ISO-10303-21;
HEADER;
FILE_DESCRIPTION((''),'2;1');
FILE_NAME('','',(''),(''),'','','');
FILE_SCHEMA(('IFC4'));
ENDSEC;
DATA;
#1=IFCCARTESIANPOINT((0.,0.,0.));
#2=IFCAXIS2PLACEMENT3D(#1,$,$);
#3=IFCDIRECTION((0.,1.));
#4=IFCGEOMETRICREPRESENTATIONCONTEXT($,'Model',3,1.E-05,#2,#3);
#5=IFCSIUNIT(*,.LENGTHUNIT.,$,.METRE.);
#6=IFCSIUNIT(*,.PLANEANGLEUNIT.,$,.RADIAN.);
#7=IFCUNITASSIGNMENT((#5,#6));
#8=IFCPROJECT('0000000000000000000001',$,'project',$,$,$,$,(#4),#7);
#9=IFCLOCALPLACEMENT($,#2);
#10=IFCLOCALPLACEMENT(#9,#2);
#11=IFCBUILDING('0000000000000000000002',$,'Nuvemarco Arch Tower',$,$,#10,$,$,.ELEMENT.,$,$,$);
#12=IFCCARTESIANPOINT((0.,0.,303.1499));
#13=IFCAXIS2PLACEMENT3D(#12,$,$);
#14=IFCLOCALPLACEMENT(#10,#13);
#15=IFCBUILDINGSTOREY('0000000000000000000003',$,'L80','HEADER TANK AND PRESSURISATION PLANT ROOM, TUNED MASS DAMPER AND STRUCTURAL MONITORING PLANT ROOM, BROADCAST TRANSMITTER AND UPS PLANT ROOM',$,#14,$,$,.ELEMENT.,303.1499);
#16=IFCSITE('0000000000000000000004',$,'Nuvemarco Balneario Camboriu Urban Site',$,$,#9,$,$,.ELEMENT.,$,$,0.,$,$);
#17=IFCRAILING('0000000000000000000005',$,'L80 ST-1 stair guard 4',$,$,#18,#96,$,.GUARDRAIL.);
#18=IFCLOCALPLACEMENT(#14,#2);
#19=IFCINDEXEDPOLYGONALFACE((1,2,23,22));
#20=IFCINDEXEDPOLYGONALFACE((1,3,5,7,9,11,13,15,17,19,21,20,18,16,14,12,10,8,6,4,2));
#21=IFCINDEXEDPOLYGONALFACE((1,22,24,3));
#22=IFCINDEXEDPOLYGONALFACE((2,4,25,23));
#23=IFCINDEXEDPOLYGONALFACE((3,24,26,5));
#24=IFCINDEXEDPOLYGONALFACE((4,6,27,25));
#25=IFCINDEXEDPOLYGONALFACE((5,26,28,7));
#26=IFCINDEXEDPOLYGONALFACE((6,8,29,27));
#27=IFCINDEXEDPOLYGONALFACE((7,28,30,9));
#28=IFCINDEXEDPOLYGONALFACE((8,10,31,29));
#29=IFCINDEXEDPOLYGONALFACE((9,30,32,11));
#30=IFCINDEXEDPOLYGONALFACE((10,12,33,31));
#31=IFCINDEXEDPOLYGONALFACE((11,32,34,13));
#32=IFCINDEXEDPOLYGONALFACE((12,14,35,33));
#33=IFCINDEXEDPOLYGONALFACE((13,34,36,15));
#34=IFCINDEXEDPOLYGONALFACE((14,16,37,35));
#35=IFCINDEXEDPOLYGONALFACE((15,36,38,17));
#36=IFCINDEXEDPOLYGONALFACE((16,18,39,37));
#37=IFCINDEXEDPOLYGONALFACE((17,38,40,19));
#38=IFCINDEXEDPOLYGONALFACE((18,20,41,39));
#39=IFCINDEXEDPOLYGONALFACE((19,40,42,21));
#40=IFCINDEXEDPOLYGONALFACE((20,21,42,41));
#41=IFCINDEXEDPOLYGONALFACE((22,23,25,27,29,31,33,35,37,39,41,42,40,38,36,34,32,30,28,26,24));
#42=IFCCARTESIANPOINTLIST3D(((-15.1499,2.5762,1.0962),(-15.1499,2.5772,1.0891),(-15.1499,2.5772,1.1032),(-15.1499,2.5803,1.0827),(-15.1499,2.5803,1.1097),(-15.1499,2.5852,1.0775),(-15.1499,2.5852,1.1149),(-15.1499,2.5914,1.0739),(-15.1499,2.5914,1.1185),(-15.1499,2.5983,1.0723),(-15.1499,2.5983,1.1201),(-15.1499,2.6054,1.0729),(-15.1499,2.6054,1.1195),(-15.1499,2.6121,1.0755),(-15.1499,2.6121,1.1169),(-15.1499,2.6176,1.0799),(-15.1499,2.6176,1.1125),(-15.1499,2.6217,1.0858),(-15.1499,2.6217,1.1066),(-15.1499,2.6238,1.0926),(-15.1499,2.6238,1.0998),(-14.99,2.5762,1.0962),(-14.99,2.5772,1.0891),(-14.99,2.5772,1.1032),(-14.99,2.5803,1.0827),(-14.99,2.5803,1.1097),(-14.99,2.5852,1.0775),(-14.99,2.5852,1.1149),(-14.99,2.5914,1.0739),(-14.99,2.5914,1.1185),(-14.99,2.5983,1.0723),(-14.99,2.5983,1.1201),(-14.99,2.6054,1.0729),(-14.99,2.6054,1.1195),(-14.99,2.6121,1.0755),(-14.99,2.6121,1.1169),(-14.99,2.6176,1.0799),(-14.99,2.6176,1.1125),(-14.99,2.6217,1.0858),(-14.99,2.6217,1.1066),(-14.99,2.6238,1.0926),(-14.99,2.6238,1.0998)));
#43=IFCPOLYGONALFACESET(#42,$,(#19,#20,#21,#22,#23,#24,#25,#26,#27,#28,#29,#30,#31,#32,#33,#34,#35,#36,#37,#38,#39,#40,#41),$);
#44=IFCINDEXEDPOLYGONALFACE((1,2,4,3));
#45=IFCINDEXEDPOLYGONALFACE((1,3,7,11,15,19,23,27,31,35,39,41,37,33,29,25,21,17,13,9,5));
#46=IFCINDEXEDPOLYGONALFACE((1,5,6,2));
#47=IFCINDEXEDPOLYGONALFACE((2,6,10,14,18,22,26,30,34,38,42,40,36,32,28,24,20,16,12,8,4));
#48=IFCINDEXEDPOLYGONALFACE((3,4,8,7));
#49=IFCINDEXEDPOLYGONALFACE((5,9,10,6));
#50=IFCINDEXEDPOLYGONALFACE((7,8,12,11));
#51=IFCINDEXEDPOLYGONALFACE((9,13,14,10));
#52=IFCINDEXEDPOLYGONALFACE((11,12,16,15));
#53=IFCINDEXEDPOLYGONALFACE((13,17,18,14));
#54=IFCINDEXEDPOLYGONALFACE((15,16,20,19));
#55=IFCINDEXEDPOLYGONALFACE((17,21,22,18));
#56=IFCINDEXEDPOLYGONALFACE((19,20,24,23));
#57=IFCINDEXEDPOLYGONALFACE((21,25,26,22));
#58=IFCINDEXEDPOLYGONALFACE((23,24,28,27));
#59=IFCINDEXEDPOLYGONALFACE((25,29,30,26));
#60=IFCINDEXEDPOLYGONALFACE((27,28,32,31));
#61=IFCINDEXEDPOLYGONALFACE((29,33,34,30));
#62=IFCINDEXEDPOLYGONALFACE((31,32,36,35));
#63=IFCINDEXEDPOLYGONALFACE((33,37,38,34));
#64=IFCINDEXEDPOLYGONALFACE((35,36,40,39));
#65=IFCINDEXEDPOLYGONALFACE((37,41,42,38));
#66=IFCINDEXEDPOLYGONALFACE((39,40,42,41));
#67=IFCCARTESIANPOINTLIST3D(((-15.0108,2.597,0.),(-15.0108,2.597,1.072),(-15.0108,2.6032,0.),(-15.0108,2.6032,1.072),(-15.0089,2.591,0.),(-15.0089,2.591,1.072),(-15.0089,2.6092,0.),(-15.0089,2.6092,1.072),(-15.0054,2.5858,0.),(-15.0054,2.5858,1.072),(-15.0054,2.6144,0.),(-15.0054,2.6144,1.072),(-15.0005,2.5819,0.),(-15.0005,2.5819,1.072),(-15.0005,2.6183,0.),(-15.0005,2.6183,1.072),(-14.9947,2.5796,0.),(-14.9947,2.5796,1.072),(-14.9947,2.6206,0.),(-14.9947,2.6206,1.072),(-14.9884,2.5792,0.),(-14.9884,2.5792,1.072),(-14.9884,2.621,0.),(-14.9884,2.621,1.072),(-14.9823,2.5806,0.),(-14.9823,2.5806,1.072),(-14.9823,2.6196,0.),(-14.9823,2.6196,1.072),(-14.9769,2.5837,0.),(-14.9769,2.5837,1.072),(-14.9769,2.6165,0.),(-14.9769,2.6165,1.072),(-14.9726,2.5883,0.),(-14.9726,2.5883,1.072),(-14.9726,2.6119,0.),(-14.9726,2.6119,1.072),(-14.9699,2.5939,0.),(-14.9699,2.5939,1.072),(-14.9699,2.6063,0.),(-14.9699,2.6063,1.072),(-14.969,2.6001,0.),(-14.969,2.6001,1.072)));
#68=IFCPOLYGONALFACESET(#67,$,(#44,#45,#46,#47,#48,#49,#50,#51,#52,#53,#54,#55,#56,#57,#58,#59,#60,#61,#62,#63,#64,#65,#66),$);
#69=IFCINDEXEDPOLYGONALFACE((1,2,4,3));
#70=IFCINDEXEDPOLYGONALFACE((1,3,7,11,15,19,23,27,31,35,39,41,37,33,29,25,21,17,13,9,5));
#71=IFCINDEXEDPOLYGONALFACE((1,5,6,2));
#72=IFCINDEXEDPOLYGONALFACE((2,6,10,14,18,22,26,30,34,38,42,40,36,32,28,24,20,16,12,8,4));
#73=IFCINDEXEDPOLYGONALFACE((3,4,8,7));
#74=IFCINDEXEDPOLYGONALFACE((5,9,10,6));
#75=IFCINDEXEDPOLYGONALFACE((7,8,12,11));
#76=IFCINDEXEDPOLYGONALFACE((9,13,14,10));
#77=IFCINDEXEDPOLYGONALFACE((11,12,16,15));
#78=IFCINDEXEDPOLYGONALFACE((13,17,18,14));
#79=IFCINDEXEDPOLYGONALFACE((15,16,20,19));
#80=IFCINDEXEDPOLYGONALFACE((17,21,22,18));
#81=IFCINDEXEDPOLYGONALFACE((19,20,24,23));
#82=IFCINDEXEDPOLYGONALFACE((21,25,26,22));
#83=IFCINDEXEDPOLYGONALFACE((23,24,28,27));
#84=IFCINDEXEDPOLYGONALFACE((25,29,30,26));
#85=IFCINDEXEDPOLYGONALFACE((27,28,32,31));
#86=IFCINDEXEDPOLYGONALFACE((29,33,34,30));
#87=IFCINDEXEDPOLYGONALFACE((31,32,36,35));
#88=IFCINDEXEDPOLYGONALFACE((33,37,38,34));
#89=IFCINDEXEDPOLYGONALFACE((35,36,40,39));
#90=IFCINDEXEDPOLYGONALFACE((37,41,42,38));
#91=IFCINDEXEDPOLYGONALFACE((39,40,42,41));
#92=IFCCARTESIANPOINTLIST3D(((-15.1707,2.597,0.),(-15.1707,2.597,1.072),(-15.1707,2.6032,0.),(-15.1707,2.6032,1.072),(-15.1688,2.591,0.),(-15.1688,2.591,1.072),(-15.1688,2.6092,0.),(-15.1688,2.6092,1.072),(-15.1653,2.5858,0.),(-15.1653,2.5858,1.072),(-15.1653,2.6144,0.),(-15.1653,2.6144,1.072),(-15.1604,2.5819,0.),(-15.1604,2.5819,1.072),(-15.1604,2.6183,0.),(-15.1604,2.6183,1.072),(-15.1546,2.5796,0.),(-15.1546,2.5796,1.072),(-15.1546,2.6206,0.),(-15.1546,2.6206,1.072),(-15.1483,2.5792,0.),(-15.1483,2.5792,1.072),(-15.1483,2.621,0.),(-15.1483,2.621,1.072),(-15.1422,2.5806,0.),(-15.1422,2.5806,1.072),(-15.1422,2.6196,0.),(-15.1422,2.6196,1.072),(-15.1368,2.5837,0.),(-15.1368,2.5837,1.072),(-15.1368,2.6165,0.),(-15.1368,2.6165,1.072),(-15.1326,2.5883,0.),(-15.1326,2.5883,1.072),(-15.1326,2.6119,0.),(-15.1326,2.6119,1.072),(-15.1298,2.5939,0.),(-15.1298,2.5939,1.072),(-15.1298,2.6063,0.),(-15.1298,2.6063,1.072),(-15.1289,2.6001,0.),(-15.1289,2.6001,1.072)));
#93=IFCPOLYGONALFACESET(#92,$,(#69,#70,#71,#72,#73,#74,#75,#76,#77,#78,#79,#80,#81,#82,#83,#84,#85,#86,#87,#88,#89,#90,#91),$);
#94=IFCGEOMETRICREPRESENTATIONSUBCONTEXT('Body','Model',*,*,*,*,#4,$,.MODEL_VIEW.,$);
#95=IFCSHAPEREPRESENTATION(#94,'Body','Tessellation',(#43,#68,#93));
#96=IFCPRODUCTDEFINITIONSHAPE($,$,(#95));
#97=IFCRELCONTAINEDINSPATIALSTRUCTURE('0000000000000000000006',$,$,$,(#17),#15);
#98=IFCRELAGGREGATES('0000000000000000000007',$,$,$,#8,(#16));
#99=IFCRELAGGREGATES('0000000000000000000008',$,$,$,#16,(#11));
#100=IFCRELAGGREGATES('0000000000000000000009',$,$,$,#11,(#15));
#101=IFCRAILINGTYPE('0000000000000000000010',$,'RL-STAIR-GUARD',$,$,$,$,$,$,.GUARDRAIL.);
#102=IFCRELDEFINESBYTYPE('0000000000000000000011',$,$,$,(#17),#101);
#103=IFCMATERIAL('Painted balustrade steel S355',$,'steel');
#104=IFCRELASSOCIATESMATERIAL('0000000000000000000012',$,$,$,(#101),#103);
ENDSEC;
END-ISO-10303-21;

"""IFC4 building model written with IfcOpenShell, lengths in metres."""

from ifc_helpers import new_model, si_unit, direction, frame, origin, origin_2d, place, context, subcontext, project, spatial, circle, extrude, material, type_object, element, save


model = new_model("IFC4")

# Units and contexts
model_context = context("Model", 3, precision=1e-05, world=origin(), true_north=direction((0.0, 1.0)))
body_context = subcontext(model_context, "Body", "Model", "MODEL_VIEW")
ifc_project = project(units=[si_unit("LENGTHUNIT", "METRE"), si_unit("PLANEANGLEUNIT", "RADIAN")], contexts=[model_context])

# Site, building, storey
site_placement = place(None, origin())
site = spatial("IfcSite", under=ifc_project, at=site_placement, Name="Nuvemarco Balneario Camboriu Urban Site", CompositionType="ELEMENT", RefElevation=0.0)
building_placement = place(site_placement, origin())
building = spatial("IfcBuilding", under=site, at=building_placement, Name="Nuvemarco Arch Tower", CompositionType="ELEMENT")
storey_placement = place(building_placement, frame((0.0, 0.0, 303.1499)))
storey = spatial("IfcBuildingStorey", under=building, at=storey_placement, Name="L80", Description="HEADER TANK AND PRESSURISATION PLANT ROOM, TUNED MASS DAMPER AND STRUCTURAL MONITORING PLANT ROOM, BROADCAST TRANSMITTER AND UPS PLANT ROOM", CompositionType="ELEMENT", Elevation=303.1499)

# Railing
ifc_material_1 = material(Name="Painted balustrade steel S355", Category="steel")
railing_type_1 = type_object("IfcRailingType", Name="RL-STAIR-GUARD", PredefinedType="GUARDRAIL", material=ifc_material_1)
railing_1_placement = place(storey_placement, frame((-14.99, 2.6001, 0.0)))
element("IfcRailing", 1, at=railing_1_placement, inside=storey, type_object=railing_type_1, Name="L80 ST-1 stair guard 4", PredefinedType="GUARDRAIL", context=body_context, shape_type="SweptSolid", body=[
    extrude(circle(Radius=0.0239, at=origin_2d()), frame((0.0, 0.0, 1.0962), z_axis=(-1.0, 0.0, 0.0), x_axis=(0.0, -1.0, 0.0)), (0.0, 0.0, 1.0), 0.1599),
    extrude(circle(Radius=0.021, at=origin_2d()), origin(), (0.0, 0.0, 1.0), 1.072),
    extrude(circle(Radius=0.021, at=origin_2d()), frame((-0.1599, 0.0, 0.0)), (0.0, 0.0, 1.0), 1.072),
])

save(model, "model.ifc")
